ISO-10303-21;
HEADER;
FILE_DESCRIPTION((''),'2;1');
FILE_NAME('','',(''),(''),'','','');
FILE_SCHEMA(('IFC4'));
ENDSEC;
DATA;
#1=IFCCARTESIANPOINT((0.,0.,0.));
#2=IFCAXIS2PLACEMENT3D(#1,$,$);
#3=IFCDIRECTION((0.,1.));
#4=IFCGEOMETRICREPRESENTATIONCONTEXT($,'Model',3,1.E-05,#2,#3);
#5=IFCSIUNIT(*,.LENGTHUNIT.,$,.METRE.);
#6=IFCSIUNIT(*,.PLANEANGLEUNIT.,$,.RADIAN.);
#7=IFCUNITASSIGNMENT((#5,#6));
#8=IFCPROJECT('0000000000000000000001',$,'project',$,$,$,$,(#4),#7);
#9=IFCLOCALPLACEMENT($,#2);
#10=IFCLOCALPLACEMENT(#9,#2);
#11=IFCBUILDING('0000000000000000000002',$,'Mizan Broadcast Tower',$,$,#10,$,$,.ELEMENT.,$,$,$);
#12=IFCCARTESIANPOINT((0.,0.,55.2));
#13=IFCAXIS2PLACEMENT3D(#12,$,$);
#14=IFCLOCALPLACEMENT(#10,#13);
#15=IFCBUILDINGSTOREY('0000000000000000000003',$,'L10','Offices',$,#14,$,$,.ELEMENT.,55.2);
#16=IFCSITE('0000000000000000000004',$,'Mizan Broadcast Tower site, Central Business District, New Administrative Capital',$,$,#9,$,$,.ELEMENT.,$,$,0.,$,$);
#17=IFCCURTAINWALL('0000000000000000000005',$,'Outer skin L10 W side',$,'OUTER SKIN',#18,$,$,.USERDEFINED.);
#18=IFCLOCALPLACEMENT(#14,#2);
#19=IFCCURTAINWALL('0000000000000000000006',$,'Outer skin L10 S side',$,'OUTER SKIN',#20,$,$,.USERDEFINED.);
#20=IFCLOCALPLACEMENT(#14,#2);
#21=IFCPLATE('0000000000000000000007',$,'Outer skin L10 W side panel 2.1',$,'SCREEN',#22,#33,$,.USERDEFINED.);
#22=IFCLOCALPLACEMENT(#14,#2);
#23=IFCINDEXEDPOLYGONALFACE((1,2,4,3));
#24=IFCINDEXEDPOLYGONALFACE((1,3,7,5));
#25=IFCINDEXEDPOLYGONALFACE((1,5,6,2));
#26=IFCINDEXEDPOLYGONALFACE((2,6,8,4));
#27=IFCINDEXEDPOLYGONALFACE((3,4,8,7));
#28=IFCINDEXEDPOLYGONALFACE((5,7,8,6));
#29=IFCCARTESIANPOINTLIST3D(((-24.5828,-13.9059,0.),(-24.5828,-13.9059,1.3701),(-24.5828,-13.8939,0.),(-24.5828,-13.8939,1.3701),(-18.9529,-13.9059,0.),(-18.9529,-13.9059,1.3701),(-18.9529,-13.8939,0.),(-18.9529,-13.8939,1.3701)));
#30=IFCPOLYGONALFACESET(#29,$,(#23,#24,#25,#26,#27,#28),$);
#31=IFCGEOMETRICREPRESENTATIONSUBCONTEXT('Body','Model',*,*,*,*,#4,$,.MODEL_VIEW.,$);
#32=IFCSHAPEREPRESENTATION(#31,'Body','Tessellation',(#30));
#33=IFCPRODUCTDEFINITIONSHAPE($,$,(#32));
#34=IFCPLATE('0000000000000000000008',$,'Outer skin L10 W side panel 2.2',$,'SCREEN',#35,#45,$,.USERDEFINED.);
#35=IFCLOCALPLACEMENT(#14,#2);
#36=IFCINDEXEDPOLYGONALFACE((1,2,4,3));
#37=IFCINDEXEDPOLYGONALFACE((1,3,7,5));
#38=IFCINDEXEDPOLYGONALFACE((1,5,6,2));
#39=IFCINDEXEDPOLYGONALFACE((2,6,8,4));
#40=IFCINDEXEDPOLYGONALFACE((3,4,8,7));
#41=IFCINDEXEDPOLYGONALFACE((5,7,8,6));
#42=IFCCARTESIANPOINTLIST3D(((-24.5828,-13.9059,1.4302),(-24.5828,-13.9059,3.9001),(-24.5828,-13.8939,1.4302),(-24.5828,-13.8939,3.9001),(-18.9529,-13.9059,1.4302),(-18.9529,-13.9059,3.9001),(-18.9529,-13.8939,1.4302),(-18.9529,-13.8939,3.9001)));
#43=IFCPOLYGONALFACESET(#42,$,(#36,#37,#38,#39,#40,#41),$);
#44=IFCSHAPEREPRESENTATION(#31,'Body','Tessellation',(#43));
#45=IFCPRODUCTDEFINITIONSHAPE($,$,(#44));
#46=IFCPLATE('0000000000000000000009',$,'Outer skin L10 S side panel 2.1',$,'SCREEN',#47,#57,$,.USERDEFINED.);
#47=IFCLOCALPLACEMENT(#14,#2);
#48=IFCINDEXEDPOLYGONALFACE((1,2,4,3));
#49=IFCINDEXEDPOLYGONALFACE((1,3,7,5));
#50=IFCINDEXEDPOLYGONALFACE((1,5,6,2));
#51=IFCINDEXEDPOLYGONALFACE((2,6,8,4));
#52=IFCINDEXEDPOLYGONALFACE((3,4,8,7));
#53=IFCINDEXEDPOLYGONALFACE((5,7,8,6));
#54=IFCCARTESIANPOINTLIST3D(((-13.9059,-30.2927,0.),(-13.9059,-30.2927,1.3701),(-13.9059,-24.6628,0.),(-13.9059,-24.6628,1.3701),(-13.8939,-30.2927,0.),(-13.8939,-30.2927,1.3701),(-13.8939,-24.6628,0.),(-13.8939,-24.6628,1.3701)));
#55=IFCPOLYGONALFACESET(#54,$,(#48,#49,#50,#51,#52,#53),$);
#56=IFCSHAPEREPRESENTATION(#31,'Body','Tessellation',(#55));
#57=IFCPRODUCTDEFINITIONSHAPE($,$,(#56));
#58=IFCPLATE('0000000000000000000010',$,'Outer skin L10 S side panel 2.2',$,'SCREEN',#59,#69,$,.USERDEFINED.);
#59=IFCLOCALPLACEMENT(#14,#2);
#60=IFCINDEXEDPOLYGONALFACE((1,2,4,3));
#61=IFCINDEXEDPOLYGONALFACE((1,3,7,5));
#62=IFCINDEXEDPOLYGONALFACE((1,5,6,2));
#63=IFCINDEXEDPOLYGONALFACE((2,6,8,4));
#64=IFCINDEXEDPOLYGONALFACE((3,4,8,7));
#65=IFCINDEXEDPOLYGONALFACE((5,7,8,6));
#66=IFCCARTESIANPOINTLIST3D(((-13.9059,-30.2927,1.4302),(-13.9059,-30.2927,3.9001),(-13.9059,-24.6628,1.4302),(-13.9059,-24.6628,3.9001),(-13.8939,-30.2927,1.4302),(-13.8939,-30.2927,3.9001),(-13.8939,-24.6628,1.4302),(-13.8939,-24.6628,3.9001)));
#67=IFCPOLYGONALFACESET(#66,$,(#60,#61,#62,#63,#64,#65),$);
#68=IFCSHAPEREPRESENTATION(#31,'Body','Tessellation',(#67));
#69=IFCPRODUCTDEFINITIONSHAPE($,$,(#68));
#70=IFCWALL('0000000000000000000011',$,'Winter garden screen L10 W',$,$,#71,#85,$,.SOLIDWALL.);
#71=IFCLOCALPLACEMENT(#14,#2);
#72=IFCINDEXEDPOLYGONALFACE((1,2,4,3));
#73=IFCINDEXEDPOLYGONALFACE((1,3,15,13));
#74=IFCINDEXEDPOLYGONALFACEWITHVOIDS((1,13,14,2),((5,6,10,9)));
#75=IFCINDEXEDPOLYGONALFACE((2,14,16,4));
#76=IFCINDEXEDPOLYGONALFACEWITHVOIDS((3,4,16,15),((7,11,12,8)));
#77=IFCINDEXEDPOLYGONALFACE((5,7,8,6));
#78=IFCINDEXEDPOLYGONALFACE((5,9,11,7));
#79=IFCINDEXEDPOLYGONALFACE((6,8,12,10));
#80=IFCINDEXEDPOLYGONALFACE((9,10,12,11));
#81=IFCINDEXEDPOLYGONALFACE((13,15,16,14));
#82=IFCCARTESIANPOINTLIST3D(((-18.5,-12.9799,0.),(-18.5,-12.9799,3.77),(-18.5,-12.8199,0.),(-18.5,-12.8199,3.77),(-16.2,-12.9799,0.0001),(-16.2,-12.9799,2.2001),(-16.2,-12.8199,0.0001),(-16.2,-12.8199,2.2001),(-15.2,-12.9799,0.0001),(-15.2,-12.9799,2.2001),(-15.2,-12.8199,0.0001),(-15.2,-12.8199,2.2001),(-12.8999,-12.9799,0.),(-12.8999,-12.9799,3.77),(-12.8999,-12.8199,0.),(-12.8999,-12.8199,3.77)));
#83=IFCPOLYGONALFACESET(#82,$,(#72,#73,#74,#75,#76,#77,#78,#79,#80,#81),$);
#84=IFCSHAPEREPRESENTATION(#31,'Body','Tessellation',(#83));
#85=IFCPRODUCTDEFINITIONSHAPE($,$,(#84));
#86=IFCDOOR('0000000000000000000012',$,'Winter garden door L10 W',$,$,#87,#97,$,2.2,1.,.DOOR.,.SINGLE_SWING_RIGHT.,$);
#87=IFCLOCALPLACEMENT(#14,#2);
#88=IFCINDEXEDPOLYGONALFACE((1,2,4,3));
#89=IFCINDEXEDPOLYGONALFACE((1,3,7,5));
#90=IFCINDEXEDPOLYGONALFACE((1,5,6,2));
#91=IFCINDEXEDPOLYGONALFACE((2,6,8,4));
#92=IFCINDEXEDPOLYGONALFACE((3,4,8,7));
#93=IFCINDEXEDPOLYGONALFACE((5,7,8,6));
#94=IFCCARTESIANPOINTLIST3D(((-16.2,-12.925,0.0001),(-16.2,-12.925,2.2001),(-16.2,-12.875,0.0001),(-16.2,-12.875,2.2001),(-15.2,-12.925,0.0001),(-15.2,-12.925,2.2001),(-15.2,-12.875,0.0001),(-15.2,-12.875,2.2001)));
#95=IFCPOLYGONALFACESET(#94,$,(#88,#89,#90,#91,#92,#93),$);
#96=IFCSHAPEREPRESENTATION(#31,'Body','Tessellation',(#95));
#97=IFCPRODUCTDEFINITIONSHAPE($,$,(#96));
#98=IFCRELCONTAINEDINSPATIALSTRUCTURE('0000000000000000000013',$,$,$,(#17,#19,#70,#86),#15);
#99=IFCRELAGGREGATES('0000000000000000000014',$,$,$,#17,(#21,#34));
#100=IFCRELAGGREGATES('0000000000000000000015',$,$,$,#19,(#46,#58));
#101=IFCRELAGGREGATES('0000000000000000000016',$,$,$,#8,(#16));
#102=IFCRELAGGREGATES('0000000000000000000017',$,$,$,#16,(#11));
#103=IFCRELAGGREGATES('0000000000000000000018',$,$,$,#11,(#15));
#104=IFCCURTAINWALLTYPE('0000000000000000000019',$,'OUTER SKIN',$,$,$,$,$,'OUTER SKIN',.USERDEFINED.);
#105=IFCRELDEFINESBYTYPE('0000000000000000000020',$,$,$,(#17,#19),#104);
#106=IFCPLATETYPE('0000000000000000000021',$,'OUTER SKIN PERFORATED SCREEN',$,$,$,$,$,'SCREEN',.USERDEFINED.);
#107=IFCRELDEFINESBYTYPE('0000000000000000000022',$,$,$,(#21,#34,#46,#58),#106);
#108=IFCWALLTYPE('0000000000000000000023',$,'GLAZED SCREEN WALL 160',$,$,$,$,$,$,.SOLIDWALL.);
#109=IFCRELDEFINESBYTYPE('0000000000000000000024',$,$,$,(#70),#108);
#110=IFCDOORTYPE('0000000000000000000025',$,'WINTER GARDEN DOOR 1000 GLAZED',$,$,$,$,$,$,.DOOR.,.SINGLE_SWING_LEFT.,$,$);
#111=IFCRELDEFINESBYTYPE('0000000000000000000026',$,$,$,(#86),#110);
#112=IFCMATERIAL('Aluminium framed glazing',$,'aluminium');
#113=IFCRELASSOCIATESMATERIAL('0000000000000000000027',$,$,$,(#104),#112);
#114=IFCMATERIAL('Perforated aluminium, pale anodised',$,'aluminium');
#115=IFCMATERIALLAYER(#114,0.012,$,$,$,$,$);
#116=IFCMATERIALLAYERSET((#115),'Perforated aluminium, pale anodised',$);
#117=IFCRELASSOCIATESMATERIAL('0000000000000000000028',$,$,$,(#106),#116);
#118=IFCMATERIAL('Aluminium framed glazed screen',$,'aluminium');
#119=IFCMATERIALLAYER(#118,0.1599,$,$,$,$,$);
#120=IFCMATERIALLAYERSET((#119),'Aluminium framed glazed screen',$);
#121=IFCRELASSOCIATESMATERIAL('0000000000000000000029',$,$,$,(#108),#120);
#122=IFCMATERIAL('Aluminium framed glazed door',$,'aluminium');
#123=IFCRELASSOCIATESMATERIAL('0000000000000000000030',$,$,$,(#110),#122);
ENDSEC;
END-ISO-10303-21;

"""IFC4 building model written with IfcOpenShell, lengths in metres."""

from ifc_helpers import new_model, si_unit, direction, frame, frame_2d, origin, origin_2d, place, context, subcontext, project, spatial, rectangle, extrude, material, layer, layer_set, type_object, element, fill, aggregate, save


model = new_model("IFC4")

# Units and contexts
model_context = context("Model", 3, precision=1e-05, world=origin(), true_north=direction((0.0, 1.0)))
body_context = subcontext(model_context, "Body", "Model", "MODEL_VIEW")
ifc_project = project(units=[si_unit("LENGTHUNIT", "METRE"), si_unit("PLANEANGLEUNIT", "RADIAN")], contexts=[model_context])

# Site, building, storey
site_placement = place(None, origin())
site = spatial("IfcSite", under=ifc_project, at=site_placement, Name="Mizan Broadcast Tower site, Central Business District, New Administrative Capital", CompositionType="ELEMENT", RefElevation=0.0)
building_placement = place(site_placement, origin())
building = spatial("IfcBuilding", under=site, at=building_placement, Name="Mizan Broadcast Tower", CompositionType="ELEMENT")
storey_placement = place(building_placement, frame((0.0, 0.0, 55.2)))
storey = spatial("IfcBuildingStorey", under=building, at=storey_placement, Name="L10", Description="Offices", CompositionType="ELEMENT", Elevation=55.2)

# Shared definitions
ifc_material_1 = material(Name="Aluminium framed glazing", Category="aluminium")
curtain_wall_type_1 = type_object("IfcCurtainWallType", Name="OUTER SKIN", ElementType="OUTER SKIN", PredefinedType="USERDEFINED", material=ifc_material_1)

# Curtain wall
curtain_wall_1_placement = place(storey_placement, origin())
curtain_wall_1 = element("IfcCurtainWall", 1, at=curtain_wall_1_placement, inside=storey, type_object=curtain_wall_type_1, Name="Outer skin L10 W side", ObjectType="OUTER SKIN", PredefinedType="USERDEFINED")

# Curtain wall
curtain_wall_2_placement = place(storey_placement, origin())
curtain_wall_2 = element("IfcCurtainWall", 2, at=curtain_wall_2_placement, inside=storey, type_object=curtain_wall_type_1, Name="Outer skin L10 S side", ObjectType="OUTER SKIN", PredefinedType="USERDEFINED")

# Plates
ifc_material_2 = material(Name="Perforated aluminium, pale anodised", Category="aluminium")
ifc_layer_1 = layer(ifc_material_2, 0.012)
ifc_layer_set_1 = layer_set([ifc_layer_1], Name="Perforated aluminium, pale anodised")
plate_type_1 = type_object("IfcPlateType", Name="OUTER SKIN PERFORATED SCREEN", ElementType="SCREEN", PredefinedType="USERDEFINED", material=ifc_layer_set_1)
plate_1_placement = place(storey_placement, frame((-21.7678, -13.8999, 0.0), z_axis=(0.0, 0.0, 1.0), x_axis=(1.0, 0.0, 0.0)))
plate_1 = element("IfcPlate", 3, at=plate_1_placement, type_object=plate_type_1, Name="Outer skin L10 W side panel 2.1", ObjectType="SCREEN", PredefinedType="USERDEFINED", context=body_context, shape_type="SweptSolid", body=[
    extrude(rectangle(XDim=5.6299, YDim=0.012, at=origin_2d()), origin(), (0.0, 0.0, 1.0), 1.3701),
])
plate_2_placement = place(storey_placement, frame((-21.7678, -13.8999, 1.4302), z_axis=(0.0, 0.0, 1.0), x_axis=(1.0, 0.0, 0.0)))
plate_2 = element("IfcPlate", 4, at=plate_2_placement, type_object=plate_type_1, Name="Outer skin L10 W side panel 2.2", ObjectType="SCREEN", PredefinedType="USERDEFINED", context=body_context, shape_type="SweptSolid", body=[
    extrude(rectangle(XDim=5.6299, YDim=0.012, at=origin_2d()), origin(), (0.0, 0.0, 1.0), 2.47),
])
aggregate(curtain_wall_1, [plate_1, plate_2])
plate_3_placement = place(storey_placement, frame((-13.8999, -27.4778, 0.0), z_axis=(0.0, 0.0, 1.0), x_axis=(0.0, -1.0, 0.0)))
plate_3 = element("IfcPlate", 5, at=plate_3_placement, type_object=plate_type_1, Name="Outer skin L10 S side panel 2.1", ObjectType="SCREEN", PredefinedType="USERDEFINED", context=body_context, shape_type="SweptSolid", body=[
    extrude(rectangle(XDim=5.6299, YDim=0.012, at=origin_2d()), origin(), (0.0, 0.0, 1.0), 1.3701),
])
plate_4_placement = place(storey_placement, frame((-13.8999, -27.4778, 1.4302), z_axis=(0.0, 0.0, 1.0), x_axis=(0.0, -1.0, 0.0)))
plate_4 = element("IfcPlate", 6, at=plate_4_placement, type_object=plate_type_1, Name="Outer skin L10 S side panel 2.2", ObjectType="SCREEN", PredefinedType="USERDEFINED", context=body_context, shape_type="SweptSolid", body=[
    extrude(rectangle(XDim=5.6299, YDim=0.012, at=origin_2d()), origin(), (0.0, 0.0, 1.0), 2.47),
])
aggregate(curtain_wall_2, [plate_3, plate_4])

# Wall, opening, door
ifc_material_3 = material(Name="Aluminium framed glazed screen", Category="aluminium")
ifc_layer_2 = layer(ifc_material_3, 0.1599)
ifc_layer_set_2 = layer_set([ifc_layer_2], Name="Aluminium framed glazed screen")
wall_type = type_object("IfcWallType", Name="GLAZED SCREEN WALL 160", PredefinedType="SOLIDWALL", material=ifc_layer_set_2)
wall_placement = place(storey_placement, frame((-18.5, -12.8999, 0.0), z_axis=(0.0, 0.0, 1.0), x_axis=(1.0, 0.0, 0.0)))
wall = element("IfcWall", 7, at=wall_placement, inside=storey, type_object=wall_type, Name="Winter garden screen L10 W", PredefinedType="SOLIDWALL", context=body_context, shape_type="SweptSolid", body=[
    extrude(rectangle(XDim=5.6001, YDim=0.1599, at=frame_2d((2.8, 0.0))), origin(), (0.0, 0.0, 1.0), 3.77),
])
opening_placement = place(wall_placement, frame((2.3, 0.0, 0.0)))
opening = element("IfcOpeningElement", 8, at=opening_placement, cuts=wall, PredefinedType="OPENING", context=body_context, shape_type="SweptSolid", body=[
    extrude(rectangle(XDim=1.0, YDim=2.2, at=frame_2d((0.5, 1.1001))), frame((0.0, 0.0898, 0.0), z_axis=(0.0, -1.0, 0.0), x_axis=(1.0, 0.0, 0.0)), (0.0, 0.0, 1.0), 0.1799),
])
ifc_material_4 = material(Name="Aluminium framed glazed door", Category="aluminium")
door_type = type_object("IfcDoorType", Name="WINTER GARDEN DOOR 1000 GLAZED", OperationType="SINGLE_SWING_LEFT", PredefinedType="DOOR", material=ifc_material_4)
door_placement = place(opening_placement, origin())
door = element("IfcDoor", 9, at=door_placement, inside=storey, type_object=door_type, Name="Winter garden door L10 W", OperationType="SINGLE_SWING_RIGHT", OverallHeight=2.2, OverallWidth=1.0, PredefinedType="DOOR", context=body_context, shape_type="SweptSolid", body=[
    extrude(rectangle(XDim=1.0, YDim=2.2, at=frame_2d((0.5, 1.1001))), frame((0.0, 0.0249, 0.0), z_axis=(0.0, -1.0, 0.0), x_axis=(1.0, 0.0, 0.0)), (0.0, 0.0, 1.0), 0.05),
])
fill(opening, door)

save(model, "model.ifc")
